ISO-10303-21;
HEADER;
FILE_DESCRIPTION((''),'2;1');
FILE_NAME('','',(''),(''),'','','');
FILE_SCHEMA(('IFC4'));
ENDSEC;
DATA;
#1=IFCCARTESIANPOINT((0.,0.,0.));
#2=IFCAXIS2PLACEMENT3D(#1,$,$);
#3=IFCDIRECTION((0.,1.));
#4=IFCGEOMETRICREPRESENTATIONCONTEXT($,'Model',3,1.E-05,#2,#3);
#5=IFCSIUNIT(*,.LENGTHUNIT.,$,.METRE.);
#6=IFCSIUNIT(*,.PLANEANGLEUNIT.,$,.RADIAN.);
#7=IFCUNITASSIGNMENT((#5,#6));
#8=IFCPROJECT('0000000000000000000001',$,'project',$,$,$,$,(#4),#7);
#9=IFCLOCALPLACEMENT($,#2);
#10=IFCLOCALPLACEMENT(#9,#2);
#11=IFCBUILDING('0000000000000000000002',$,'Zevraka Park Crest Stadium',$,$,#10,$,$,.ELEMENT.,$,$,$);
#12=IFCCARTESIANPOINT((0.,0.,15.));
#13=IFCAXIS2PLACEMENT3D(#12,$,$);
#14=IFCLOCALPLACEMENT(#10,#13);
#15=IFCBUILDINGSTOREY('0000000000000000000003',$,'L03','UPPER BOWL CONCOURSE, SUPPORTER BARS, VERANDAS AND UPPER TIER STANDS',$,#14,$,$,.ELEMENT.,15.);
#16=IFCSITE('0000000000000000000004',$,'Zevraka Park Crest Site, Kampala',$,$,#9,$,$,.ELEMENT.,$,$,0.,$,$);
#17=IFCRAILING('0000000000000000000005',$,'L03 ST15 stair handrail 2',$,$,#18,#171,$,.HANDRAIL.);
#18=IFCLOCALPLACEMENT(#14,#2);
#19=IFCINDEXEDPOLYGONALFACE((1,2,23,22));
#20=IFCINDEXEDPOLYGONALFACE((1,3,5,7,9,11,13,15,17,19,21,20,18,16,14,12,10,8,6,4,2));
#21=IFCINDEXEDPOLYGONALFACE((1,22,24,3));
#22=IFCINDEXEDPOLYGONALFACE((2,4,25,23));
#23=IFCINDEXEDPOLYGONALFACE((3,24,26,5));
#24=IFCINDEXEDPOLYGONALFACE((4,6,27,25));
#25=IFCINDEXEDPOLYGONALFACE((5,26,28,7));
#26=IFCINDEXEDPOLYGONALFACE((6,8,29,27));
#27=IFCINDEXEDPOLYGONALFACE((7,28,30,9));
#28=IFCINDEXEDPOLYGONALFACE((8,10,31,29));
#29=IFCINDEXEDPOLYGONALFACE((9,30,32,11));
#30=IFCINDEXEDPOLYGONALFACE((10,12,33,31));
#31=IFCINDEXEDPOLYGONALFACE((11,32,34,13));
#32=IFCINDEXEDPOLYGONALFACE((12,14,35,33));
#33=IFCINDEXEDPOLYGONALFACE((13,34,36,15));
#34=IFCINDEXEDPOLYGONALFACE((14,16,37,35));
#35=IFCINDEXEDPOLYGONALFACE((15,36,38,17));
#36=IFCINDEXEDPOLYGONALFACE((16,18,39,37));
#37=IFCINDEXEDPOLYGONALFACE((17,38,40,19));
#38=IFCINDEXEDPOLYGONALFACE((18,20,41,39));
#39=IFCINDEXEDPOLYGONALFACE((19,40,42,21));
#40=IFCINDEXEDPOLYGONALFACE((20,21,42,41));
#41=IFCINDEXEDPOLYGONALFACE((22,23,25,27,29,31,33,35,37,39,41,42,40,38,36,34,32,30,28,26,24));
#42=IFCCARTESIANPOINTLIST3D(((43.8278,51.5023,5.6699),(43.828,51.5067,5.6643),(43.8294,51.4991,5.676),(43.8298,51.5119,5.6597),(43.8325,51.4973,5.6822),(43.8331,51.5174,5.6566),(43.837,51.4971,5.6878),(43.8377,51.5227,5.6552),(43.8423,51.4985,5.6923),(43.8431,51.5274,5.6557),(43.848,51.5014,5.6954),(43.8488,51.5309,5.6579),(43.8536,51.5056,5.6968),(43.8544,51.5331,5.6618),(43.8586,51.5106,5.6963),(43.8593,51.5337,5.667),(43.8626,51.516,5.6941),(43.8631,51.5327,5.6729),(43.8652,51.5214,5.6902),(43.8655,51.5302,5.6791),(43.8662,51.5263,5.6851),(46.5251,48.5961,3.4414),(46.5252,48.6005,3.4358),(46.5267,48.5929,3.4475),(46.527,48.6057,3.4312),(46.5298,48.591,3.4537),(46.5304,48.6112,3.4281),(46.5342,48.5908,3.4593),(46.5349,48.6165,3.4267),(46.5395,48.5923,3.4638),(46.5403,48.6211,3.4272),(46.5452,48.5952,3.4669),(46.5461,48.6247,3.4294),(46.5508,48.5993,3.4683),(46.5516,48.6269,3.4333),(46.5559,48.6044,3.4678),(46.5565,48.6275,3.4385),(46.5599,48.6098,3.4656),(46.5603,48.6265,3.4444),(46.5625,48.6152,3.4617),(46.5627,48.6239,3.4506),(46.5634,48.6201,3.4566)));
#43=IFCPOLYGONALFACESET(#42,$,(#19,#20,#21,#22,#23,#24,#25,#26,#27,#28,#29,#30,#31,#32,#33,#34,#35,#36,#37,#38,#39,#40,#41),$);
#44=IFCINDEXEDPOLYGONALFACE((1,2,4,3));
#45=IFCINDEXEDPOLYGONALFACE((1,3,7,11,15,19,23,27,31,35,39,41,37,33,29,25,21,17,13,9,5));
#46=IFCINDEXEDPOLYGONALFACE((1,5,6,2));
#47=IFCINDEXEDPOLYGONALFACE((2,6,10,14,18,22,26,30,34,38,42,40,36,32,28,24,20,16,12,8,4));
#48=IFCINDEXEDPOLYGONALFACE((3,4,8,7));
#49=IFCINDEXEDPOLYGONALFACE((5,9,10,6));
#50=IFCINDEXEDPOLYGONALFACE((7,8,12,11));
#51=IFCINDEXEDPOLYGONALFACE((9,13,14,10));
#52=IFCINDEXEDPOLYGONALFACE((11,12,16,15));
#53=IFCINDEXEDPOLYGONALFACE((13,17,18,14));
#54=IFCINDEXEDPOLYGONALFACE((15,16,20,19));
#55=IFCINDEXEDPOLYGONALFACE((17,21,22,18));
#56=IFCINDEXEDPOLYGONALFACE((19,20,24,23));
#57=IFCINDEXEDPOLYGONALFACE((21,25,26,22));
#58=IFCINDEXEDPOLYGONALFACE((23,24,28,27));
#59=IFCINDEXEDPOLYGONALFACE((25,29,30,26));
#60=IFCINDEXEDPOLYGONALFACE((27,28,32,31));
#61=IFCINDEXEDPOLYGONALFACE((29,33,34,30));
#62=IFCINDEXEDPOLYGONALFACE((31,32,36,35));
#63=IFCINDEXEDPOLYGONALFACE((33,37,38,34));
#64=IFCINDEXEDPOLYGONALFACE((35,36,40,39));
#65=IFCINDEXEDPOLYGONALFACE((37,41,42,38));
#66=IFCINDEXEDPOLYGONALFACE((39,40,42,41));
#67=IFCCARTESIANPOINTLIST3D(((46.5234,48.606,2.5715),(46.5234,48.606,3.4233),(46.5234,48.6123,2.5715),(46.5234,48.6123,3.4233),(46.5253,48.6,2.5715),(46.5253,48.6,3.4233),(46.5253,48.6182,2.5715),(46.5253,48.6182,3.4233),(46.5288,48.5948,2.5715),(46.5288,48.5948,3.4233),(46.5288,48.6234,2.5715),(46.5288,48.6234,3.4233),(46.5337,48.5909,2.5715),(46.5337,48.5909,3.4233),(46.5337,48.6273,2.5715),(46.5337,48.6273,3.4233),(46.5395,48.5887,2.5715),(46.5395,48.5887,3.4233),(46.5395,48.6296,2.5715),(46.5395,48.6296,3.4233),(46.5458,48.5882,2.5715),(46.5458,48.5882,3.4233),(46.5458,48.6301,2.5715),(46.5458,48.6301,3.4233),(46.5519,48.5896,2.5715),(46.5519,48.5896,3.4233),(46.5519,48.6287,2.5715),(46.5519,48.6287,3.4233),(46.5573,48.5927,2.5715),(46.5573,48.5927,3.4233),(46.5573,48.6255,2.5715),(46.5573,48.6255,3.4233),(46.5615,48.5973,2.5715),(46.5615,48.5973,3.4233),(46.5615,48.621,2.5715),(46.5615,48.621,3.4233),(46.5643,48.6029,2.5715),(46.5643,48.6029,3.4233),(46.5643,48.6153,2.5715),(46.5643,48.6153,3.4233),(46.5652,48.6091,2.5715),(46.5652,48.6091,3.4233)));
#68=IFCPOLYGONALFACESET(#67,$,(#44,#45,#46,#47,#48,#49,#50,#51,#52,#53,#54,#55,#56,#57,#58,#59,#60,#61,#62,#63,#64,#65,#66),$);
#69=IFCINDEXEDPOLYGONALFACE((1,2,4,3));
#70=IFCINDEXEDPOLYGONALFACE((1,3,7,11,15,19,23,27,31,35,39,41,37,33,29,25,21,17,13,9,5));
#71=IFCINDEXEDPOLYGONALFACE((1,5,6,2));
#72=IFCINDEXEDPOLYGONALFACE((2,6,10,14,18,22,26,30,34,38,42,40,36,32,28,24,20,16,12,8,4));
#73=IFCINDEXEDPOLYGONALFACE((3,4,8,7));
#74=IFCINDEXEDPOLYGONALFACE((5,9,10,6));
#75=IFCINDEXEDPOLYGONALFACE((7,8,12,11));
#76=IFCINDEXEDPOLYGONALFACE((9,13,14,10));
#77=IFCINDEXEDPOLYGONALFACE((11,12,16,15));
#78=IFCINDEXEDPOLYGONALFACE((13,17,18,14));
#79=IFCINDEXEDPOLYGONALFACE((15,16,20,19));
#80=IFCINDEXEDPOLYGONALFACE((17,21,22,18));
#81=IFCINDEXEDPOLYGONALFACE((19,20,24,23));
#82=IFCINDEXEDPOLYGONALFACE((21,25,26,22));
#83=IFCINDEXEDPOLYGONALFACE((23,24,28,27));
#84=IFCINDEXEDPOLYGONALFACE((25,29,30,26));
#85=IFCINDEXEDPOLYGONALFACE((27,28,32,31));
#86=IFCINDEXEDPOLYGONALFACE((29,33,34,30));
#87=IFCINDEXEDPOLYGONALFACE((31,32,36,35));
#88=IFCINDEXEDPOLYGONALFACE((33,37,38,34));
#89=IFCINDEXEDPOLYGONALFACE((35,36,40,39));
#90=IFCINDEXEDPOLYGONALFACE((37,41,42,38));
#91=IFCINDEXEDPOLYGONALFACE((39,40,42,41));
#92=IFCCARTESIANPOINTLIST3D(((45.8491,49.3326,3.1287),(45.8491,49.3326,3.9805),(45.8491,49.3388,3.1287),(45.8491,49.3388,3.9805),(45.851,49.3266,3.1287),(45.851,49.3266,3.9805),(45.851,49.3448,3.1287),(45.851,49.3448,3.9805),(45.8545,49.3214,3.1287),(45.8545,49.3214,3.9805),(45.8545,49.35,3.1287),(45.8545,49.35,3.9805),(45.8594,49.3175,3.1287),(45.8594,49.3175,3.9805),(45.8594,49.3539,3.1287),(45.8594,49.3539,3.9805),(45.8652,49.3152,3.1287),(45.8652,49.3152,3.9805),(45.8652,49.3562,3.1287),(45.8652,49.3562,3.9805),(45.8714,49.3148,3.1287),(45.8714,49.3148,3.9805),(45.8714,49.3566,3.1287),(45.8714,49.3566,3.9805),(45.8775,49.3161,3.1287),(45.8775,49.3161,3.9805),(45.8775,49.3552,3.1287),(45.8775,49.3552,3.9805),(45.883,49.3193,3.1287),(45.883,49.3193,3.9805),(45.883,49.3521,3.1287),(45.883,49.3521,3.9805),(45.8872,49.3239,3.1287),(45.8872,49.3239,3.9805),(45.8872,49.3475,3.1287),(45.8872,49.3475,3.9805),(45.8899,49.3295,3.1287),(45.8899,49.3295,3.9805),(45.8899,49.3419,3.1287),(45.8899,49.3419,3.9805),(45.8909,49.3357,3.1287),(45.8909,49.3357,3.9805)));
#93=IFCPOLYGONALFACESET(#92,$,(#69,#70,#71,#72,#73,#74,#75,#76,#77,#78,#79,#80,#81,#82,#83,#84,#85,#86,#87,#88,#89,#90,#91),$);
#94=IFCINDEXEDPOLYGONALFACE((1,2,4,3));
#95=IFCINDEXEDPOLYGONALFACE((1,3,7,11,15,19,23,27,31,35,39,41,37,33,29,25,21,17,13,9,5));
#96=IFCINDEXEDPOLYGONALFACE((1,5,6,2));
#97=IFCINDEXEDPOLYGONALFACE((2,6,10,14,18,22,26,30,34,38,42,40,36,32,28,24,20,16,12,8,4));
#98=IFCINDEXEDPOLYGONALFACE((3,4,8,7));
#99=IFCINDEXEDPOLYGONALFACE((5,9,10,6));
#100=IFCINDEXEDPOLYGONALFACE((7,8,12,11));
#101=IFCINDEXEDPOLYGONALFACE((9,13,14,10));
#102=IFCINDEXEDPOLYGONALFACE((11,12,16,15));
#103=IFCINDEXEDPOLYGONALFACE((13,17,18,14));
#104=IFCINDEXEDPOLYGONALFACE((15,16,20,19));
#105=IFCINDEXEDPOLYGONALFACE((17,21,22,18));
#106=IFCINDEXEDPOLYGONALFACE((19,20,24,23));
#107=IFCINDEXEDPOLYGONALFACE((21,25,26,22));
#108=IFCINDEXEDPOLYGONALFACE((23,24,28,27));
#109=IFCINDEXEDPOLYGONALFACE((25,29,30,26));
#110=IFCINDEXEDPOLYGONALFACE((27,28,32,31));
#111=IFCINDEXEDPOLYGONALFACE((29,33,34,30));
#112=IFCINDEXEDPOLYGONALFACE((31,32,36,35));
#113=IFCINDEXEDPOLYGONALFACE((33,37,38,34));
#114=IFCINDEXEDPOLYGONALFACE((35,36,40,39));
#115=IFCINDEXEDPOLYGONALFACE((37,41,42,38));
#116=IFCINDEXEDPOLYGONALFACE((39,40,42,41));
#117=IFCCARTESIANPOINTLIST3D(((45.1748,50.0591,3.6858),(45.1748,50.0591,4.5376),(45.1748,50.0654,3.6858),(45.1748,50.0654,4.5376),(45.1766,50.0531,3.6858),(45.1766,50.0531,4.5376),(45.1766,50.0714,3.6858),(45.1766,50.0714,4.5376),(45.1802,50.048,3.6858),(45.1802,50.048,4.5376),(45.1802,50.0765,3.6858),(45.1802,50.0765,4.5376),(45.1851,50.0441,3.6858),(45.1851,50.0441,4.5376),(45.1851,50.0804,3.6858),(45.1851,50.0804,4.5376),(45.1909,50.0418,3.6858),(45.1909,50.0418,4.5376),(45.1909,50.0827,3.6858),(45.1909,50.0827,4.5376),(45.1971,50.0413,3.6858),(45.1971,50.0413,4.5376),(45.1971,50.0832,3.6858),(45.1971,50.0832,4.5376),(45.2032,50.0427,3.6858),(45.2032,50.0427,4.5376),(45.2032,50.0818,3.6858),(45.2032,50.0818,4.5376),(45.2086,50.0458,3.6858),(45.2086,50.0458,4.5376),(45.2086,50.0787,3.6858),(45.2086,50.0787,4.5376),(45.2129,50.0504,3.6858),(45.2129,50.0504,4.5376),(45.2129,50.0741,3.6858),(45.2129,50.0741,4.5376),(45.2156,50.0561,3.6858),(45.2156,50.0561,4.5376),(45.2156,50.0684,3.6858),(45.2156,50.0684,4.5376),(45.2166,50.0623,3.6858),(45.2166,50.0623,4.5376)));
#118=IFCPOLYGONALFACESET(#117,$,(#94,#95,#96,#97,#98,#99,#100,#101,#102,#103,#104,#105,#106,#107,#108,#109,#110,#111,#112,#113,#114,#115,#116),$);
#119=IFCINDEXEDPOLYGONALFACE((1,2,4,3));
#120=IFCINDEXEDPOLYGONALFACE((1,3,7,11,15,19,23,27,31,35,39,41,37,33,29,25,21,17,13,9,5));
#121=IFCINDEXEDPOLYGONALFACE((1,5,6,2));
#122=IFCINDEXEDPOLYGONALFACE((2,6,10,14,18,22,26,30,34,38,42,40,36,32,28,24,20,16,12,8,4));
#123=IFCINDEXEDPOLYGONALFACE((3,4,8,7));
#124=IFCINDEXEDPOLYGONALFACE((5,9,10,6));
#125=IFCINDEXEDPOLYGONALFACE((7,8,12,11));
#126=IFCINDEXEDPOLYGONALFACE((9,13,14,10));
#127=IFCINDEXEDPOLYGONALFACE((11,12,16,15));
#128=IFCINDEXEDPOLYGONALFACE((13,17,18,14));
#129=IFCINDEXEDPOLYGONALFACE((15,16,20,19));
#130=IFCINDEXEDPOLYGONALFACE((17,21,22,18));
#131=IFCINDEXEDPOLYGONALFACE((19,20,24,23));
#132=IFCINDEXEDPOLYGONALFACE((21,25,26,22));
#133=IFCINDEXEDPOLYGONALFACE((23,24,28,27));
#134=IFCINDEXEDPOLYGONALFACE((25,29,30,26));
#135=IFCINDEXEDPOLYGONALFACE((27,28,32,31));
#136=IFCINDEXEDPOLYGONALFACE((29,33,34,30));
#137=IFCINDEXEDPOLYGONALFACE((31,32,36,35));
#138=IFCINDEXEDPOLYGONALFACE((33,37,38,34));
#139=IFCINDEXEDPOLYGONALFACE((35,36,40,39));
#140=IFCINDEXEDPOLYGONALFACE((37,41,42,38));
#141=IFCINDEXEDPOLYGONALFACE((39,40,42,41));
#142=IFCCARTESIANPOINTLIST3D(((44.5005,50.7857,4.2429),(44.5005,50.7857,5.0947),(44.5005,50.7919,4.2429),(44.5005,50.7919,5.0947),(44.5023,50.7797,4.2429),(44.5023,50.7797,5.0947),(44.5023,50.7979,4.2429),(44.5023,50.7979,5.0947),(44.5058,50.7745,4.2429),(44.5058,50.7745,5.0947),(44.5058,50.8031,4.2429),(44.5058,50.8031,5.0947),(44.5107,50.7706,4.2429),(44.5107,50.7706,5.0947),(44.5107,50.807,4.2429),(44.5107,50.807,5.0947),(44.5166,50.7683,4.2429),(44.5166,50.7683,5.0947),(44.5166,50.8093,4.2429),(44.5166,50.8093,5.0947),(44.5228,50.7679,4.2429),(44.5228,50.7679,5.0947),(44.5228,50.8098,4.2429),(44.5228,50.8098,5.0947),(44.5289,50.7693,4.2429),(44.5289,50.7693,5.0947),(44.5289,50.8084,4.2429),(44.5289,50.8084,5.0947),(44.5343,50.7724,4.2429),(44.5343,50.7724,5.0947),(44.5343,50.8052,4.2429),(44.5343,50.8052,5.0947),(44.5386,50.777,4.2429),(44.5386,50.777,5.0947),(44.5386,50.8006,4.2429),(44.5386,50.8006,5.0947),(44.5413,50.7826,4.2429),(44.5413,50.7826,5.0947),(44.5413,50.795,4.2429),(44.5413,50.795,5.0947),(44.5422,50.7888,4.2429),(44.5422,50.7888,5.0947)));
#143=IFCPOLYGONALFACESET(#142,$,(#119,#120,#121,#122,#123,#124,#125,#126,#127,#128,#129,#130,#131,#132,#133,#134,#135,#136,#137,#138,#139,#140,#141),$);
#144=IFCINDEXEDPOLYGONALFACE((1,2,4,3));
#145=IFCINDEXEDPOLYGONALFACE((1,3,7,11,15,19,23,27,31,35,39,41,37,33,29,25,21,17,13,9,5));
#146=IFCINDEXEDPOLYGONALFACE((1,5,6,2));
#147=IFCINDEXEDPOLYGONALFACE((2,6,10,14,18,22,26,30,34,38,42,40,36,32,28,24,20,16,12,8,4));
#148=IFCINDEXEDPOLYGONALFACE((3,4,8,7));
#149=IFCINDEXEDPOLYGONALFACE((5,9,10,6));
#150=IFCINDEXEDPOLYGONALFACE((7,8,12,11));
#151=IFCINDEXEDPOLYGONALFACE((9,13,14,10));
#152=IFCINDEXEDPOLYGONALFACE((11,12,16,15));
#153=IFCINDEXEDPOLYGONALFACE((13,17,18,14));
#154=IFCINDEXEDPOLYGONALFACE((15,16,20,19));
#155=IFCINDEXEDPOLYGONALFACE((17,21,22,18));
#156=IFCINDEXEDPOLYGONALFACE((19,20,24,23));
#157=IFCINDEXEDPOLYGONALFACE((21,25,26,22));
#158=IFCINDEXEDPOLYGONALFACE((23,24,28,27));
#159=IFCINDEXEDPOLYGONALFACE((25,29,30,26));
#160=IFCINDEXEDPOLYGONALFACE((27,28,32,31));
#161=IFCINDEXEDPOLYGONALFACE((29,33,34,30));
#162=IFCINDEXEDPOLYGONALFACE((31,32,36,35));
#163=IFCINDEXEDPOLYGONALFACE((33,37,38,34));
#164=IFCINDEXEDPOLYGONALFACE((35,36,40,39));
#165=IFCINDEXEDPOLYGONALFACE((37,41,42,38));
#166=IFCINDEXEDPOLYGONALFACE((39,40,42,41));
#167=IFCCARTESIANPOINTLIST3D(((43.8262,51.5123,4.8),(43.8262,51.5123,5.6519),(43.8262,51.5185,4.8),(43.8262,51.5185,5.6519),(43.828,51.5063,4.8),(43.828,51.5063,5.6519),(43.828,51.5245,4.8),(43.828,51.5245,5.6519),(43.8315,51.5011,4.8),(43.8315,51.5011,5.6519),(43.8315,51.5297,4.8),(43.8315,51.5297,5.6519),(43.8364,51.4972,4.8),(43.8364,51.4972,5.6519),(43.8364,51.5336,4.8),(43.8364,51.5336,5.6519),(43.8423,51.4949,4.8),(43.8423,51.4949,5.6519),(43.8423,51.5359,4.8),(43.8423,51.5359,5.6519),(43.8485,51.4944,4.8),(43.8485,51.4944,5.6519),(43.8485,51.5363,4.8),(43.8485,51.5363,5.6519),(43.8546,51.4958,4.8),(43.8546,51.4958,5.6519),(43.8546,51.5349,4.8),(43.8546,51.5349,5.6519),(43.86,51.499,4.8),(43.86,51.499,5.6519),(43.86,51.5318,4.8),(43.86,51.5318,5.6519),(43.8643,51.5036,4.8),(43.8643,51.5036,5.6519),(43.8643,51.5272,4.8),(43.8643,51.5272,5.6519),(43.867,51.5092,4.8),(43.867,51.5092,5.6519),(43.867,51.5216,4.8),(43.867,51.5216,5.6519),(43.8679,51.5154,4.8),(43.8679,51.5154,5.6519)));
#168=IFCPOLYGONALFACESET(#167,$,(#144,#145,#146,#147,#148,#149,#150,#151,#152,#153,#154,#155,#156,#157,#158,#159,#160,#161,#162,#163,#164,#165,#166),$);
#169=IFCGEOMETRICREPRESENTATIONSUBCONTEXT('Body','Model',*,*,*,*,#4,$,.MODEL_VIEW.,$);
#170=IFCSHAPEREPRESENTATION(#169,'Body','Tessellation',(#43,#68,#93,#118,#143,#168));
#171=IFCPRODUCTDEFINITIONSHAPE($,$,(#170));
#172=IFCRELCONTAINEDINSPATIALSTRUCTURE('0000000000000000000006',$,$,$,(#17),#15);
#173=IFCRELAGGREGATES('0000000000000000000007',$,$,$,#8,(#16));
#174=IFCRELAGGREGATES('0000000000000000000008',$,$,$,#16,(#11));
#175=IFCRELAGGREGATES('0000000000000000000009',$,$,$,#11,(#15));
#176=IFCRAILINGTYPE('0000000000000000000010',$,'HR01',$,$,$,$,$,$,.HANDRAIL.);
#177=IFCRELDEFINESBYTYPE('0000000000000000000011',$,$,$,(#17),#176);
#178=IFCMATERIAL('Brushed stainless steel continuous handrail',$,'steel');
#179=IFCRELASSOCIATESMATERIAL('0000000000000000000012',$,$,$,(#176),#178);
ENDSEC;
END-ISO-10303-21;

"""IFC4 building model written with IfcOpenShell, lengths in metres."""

from ifc_helpers import new_model, si_unit, direction, frame, origin, origin_2d, place, context, subcontext, project, spatial, circle, extrude, material, type_object, element, save


model = new_model("IFC4")

# Units and contexts
model_context = context("Model", 3, precision=1e-05, world=origin(), true_north=direction((0.0, 1.0)))
body_context = subcontext(model_context, "Body", "Model", "MODEL_VIEW")
ifc_project = project(units=[si_unit("LENGTHUNIT", "METRE"), si_unit("PLANEANGLEUNIT", "RADIAN")], contexts=[model_context])

# Site, building, storey
site_placement = place(None, origin())
site = spatial("IfcSite", under=ifc_project, at=site_placement, Name="Zevraka Park Crest Site, Kampala", CompositionType="ELEMENT", RefElevation=0.0)
building_placement = place(site_placement, origin())
building = spatial("IfcBuilding", under=site, at=building_placement, Name="Zevraka Park Crest Stadium", CompositionType="ELEMENT")
storey_placement = place(building_placement, frame((0.0, 0.0, 15.0)))
storey = spatial("IfcBuildingStorey", under=building, at=storey_placement, Name="L03", Description="UPPER BOWL CONCOURSE, SUPPORTER BARS, VERANDAS AND UPPER TIER STANDS", CompositionType="ELEMENT", Elevation=15.0)

# Railing
ifc_material_1 = material(Name="Brushed stainless steel continuous handrail", Category="steel")
railing_type_1 = type_object("IfcRailingType", Name="HR01", PredefinedType="HANDRAIL", material=ifc_material_1)
railing_1_placement = place(storey_placement, frame((46.5442, 48.6091, 2.5715)))
element("IfcRailing", 1, at=railing_1_placement, inside=storey, type_object=railing_type_1, Name="L03 ST15 stair handrail 2", PredefinedType="HANDRAIL", context=body_context, shape_type="SweptSolid", body=[
    extrude(circle(Radius=0.0239, at=origin_2d()), frame((0.0, 0.0, 0.876), z_axis=(-0.593016, 0.638963, 0.489957), x_axis=(-0.732969, -0.680262, 0.0)), (0.0, 0.0, 1.0), 4.5483),
    extrude(circle(Radius=0.021, at=origin_2d()), origin(), (0.0, 0.0, 1.0), 0.8518),
    extrude(circle(Radius=0.021, at=origin_2d()), frame((-0.6743, 0.7266, 0.5571)), (0.0, 0.0, 1.0), 0.8518),
    extrude(circle(Radius=0.021, at=origin_2d()), frame((-1.3486, 1.4531, 1.1143)), (0.0, 0.0, 1.0), 0.8518),
    extrude(circle(Radius=0.021, at=origin_2d()), frame((-2.0229, 2.1797, 1.6714)), (0.0, 0.0, 1.0), 0.8518),
    extrude(circle(Radius=0.021, at=origin_2d()), frame((-2.6973, 2.9062, 2.2285)), (0.0, 0.0, 1.0), 0.8518),
])

save(model, "model.ifc")
